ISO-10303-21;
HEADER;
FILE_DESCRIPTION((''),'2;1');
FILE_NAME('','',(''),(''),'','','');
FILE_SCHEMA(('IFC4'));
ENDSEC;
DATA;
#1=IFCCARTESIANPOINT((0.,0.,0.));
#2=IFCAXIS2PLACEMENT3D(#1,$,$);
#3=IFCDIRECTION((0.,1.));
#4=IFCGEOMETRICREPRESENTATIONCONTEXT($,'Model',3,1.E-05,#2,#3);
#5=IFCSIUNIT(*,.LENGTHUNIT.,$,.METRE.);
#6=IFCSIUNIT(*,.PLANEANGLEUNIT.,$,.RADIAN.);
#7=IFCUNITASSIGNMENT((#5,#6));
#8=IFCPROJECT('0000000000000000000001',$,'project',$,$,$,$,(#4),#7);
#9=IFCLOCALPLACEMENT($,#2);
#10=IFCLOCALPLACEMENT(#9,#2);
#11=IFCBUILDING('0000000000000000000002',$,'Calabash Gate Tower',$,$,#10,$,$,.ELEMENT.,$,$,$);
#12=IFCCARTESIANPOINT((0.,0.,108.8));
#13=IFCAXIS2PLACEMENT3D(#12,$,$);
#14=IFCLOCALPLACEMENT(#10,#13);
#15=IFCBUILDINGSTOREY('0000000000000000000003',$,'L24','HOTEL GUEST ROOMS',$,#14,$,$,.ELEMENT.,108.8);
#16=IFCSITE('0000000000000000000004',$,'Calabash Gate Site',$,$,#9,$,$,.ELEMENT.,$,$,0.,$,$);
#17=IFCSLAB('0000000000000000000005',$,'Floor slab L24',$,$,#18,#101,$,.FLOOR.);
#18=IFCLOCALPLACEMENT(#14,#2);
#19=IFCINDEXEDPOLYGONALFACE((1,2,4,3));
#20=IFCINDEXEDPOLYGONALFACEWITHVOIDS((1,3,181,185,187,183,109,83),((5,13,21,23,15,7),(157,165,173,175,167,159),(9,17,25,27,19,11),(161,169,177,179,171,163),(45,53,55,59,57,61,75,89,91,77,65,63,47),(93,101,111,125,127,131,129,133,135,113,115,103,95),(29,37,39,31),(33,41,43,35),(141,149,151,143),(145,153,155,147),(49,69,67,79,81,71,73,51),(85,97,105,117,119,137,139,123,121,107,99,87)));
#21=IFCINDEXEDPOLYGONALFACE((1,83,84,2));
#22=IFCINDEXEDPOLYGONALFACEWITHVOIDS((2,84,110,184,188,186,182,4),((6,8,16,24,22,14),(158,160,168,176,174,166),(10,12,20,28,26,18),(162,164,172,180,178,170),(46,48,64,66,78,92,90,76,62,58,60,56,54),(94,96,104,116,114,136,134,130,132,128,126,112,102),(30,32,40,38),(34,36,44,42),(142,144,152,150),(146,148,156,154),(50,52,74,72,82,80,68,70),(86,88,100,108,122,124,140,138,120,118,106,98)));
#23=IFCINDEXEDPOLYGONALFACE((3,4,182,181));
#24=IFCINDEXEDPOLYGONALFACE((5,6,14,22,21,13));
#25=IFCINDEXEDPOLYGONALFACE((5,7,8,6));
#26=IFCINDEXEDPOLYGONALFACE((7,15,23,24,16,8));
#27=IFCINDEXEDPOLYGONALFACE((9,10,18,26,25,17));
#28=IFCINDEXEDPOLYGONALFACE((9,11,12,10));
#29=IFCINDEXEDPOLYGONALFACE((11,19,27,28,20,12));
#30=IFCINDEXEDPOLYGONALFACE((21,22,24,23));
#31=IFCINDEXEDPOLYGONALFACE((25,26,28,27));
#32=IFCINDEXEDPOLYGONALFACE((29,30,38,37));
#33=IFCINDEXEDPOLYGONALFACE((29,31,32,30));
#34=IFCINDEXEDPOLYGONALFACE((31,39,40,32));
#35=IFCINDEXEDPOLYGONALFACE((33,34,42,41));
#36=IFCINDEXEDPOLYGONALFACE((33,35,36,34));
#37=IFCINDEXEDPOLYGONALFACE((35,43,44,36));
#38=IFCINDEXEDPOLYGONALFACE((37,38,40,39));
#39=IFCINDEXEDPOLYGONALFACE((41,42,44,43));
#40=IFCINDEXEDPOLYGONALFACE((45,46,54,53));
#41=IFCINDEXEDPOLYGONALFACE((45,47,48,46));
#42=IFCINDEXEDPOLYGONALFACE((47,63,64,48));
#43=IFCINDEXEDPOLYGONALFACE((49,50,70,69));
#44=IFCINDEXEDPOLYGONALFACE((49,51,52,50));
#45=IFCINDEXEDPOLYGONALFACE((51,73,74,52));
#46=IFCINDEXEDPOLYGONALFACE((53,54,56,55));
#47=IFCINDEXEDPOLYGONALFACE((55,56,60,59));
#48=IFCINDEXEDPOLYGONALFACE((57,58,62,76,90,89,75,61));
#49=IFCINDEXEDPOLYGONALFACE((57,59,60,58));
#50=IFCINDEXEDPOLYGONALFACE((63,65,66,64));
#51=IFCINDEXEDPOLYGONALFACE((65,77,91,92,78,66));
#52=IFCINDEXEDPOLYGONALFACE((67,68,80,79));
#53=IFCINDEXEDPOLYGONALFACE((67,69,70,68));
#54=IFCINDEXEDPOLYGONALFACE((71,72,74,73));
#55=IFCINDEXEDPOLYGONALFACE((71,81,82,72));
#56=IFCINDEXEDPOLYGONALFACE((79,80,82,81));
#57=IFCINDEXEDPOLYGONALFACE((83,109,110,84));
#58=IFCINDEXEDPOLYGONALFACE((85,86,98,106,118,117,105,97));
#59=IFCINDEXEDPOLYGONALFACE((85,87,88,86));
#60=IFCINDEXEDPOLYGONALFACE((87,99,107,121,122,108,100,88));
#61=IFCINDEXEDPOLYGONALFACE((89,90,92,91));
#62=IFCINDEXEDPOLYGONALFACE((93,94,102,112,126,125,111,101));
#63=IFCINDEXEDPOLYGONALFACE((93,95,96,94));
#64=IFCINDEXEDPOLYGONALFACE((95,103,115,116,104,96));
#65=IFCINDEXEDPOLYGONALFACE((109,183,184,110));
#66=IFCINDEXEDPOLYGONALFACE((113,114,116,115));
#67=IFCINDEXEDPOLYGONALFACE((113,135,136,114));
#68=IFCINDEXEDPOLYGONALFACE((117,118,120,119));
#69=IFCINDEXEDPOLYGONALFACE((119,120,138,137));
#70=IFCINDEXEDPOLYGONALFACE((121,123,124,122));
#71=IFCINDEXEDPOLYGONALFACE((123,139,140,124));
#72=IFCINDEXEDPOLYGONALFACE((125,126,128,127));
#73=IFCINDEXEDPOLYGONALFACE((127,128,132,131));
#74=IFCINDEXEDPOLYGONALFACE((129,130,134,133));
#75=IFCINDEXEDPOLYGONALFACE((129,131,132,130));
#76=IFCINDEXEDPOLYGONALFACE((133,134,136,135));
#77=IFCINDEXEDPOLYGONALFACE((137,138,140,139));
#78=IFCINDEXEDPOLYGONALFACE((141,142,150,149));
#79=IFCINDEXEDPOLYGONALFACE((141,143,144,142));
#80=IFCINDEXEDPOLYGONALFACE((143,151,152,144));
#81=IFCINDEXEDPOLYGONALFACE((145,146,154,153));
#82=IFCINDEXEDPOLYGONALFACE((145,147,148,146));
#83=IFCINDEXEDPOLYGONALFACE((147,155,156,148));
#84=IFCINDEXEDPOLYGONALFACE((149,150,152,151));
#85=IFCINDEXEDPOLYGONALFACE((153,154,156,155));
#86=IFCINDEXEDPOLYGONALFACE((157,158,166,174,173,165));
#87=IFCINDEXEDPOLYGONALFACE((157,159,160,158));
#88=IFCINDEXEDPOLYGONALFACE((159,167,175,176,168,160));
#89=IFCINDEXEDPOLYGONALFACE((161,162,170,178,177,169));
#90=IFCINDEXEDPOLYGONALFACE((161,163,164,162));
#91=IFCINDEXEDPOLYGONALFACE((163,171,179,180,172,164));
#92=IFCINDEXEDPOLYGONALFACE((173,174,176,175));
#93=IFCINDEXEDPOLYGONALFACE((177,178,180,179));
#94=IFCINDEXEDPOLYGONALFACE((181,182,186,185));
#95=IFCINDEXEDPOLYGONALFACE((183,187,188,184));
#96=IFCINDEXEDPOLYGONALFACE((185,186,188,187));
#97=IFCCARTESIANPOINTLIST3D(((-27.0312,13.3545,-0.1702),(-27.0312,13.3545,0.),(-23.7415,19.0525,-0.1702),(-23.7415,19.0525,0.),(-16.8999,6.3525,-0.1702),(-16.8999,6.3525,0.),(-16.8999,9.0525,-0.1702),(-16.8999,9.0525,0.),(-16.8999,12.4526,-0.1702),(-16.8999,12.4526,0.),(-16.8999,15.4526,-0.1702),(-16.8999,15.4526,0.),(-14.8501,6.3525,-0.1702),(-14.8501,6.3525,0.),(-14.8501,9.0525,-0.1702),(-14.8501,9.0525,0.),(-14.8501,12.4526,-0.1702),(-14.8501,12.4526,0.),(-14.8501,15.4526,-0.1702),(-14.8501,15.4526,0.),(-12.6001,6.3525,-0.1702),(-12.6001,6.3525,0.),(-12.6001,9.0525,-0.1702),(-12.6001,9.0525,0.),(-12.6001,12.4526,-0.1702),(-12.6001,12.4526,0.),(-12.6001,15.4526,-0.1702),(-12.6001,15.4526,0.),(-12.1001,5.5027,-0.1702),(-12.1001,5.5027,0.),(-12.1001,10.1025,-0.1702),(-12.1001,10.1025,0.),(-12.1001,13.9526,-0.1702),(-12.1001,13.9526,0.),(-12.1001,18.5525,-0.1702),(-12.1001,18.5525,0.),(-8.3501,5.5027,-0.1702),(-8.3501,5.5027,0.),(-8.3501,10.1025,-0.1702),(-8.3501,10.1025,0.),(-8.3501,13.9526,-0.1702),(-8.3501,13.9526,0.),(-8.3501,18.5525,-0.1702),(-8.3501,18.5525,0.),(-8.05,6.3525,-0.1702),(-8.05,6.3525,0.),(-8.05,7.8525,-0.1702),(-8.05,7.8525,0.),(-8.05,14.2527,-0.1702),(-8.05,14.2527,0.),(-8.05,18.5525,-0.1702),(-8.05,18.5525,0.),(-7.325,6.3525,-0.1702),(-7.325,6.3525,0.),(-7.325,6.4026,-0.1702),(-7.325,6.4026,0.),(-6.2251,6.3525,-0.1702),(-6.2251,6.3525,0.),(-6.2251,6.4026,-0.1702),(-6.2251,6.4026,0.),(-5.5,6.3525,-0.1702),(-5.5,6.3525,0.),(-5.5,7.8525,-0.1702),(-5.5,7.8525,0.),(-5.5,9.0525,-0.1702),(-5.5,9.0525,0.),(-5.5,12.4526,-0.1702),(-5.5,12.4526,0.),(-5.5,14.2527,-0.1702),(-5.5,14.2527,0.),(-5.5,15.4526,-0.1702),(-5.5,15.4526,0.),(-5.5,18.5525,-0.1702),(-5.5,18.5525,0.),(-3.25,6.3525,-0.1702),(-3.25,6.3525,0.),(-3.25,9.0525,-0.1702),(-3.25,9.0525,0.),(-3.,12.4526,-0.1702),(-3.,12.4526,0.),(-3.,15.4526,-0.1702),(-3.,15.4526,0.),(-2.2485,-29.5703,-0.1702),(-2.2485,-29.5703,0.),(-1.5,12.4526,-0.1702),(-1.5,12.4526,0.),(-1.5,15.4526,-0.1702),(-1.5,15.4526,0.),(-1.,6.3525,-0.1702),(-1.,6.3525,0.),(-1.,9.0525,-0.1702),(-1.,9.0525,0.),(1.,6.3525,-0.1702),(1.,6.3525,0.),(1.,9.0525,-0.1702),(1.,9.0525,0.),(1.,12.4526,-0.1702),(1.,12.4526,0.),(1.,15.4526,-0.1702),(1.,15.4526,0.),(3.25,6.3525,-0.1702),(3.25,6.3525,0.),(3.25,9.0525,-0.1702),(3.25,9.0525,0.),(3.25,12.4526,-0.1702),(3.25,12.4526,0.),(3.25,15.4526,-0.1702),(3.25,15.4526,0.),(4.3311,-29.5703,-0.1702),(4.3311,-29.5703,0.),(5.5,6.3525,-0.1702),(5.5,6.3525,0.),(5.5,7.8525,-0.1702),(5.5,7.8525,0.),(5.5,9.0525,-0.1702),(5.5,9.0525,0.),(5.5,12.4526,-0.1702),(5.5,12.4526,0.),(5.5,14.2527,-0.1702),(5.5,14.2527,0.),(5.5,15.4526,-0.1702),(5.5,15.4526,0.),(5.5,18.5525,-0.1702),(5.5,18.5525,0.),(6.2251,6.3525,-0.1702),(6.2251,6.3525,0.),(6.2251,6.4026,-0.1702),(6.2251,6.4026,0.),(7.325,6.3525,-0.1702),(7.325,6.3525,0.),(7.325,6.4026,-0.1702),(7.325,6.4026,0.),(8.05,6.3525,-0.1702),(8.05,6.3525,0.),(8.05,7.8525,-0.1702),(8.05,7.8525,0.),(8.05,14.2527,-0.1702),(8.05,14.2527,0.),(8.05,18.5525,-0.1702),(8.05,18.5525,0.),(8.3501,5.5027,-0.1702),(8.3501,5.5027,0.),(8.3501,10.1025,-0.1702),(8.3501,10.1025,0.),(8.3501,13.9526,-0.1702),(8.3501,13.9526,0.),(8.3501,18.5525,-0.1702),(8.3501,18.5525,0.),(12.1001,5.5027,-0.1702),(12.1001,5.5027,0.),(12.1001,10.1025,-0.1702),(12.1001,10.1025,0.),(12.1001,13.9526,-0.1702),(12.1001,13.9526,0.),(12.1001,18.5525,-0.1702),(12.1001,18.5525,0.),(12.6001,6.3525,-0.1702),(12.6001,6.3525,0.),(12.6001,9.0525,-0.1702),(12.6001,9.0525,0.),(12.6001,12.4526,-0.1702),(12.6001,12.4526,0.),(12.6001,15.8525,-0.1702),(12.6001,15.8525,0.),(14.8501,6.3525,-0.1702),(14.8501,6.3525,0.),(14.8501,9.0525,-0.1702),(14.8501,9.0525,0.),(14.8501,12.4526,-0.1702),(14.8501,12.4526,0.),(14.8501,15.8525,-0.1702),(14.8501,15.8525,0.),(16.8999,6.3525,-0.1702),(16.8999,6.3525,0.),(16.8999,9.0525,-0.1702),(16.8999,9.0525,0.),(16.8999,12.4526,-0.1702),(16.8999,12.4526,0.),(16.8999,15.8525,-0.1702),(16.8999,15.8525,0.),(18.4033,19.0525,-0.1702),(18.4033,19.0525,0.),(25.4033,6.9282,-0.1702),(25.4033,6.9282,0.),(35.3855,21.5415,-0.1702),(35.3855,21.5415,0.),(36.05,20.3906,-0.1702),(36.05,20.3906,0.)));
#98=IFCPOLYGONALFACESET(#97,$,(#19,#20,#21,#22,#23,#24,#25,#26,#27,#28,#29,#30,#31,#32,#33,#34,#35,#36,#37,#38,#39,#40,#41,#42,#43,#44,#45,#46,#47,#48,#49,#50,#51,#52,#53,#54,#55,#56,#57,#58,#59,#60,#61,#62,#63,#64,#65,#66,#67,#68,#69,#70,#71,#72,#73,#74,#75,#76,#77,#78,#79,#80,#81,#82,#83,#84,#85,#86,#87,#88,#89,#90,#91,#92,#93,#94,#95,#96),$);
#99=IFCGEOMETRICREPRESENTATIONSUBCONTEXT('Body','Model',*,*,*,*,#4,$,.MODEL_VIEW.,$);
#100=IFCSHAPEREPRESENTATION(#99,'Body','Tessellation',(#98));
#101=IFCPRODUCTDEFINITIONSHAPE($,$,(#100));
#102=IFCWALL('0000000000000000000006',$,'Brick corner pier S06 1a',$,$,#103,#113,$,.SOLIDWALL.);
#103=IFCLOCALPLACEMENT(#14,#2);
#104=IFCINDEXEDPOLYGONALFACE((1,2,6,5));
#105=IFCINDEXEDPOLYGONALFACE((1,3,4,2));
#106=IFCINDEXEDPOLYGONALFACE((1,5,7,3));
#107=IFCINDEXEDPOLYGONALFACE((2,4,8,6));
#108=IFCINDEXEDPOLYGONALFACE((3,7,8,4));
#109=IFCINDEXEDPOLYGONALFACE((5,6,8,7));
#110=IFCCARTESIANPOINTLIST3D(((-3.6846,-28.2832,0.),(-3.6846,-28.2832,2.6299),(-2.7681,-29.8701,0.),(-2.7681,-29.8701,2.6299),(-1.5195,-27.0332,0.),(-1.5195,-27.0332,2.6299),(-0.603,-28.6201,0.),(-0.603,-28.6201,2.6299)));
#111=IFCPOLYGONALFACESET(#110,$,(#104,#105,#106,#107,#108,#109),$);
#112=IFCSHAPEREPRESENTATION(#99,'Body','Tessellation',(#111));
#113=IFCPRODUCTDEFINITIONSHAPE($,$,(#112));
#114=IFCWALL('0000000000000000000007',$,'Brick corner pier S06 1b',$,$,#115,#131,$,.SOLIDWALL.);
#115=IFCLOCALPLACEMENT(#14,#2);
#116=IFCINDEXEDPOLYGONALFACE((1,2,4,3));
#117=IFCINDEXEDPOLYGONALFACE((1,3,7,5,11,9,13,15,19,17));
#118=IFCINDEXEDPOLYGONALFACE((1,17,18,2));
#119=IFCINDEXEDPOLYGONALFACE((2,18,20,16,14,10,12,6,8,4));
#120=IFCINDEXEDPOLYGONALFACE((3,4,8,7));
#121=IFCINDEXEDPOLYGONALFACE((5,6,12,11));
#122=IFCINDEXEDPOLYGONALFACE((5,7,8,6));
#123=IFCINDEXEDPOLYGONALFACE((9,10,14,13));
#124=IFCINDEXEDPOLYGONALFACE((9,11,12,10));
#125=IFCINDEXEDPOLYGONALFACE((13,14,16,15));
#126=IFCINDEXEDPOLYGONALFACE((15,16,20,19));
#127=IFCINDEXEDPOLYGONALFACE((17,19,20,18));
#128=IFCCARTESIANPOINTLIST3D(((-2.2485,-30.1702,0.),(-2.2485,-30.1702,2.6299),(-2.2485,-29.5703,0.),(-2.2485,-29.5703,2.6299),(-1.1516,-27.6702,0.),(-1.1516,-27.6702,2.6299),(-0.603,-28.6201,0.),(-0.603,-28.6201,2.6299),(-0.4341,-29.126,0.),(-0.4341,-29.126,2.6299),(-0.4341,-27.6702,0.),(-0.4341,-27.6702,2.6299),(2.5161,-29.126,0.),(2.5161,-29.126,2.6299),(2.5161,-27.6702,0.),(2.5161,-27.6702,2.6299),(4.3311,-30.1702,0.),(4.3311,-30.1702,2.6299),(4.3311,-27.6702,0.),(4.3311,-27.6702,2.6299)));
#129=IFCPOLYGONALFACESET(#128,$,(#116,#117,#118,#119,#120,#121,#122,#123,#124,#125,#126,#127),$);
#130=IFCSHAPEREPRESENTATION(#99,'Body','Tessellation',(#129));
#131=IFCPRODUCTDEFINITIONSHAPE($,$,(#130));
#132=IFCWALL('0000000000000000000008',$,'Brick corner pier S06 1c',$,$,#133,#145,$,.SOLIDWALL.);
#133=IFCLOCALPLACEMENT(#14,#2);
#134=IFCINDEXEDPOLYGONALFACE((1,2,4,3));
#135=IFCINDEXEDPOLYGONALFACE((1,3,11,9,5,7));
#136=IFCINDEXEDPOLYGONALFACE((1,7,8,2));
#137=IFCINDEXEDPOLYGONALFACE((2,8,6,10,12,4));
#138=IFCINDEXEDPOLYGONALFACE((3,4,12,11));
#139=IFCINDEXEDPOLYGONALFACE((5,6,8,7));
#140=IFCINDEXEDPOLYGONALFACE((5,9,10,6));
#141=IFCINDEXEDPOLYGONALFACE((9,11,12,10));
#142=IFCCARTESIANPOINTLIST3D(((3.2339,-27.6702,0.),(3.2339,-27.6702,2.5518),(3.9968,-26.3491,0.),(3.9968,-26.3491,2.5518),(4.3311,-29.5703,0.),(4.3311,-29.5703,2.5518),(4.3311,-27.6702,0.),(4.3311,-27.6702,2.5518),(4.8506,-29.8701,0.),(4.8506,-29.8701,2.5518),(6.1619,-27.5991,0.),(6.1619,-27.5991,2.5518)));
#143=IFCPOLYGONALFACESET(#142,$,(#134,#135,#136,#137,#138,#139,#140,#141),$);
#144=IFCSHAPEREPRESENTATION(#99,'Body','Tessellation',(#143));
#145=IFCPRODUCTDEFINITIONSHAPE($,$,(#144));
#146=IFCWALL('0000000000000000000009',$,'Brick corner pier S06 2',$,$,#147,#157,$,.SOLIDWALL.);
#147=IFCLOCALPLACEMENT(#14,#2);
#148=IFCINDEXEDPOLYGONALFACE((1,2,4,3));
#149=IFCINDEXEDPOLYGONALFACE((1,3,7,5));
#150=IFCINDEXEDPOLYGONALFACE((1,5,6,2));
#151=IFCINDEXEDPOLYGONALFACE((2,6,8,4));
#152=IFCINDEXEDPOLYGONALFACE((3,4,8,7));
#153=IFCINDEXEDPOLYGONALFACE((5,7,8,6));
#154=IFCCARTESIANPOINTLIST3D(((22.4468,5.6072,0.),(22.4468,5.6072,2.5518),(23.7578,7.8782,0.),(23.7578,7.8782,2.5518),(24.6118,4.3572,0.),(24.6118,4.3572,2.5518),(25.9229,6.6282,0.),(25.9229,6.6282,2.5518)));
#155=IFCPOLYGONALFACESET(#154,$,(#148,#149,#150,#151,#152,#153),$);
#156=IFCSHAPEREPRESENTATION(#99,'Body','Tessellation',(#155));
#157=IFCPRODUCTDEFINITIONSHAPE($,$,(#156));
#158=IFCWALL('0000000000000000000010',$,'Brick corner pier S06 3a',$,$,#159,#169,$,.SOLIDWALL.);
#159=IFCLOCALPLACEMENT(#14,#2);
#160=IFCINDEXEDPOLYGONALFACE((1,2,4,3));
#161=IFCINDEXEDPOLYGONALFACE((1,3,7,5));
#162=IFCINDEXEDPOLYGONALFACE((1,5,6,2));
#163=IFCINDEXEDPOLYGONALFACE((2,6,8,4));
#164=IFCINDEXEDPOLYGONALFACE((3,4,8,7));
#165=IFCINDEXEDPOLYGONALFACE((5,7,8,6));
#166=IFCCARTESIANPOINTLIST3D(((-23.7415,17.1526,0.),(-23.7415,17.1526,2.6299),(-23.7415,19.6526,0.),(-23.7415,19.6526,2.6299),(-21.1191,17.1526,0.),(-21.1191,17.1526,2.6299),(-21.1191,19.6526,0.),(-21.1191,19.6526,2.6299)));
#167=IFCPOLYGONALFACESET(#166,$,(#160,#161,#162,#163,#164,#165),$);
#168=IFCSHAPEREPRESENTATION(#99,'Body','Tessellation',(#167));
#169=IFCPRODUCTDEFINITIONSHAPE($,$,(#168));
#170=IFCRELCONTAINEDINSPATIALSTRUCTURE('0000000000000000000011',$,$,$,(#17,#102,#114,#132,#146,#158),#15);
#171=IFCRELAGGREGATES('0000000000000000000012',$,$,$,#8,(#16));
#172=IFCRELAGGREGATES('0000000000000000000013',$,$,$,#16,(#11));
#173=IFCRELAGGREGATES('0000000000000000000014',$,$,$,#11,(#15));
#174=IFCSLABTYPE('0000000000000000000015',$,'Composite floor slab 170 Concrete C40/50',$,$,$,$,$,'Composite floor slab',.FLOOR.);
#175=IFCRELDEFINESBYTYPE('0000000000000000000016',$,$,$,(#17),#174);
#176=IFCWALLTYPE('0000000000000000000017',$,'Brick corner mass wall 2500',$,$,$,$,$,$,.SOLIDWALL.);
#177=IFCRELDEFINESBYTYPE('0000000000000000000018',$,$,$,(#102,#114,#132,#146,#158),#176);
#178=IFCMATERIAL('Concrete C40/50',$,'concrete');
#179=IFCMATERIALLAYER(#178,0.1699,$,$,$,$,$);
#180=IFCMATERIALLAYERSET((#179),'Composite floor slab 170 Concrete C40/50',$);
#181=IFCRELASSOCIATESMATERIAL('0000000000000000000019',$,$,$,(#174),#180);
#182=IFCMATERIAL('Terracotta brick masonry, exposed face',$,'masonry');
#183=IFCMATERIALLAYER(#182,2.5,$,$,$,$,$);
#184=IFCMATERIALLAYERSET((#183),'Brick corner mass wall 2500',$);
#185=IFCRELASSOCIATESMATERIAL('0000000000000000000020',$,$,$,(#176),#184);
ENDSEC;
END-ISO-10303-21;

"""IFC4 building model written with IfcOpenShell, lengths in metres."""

from ifc_helpers import new_model, si_unit, direction, frame, origin, place, context, subcontext, project, spatial, polyline, outline, extrude, material, layer, layer_set, type_object, element, save


model = new_model("IFC4")

# Units and contexts
model_context = context("Model", 3, precision=1e-05, world=origin(), true_north=direction((0.0, 1.0)))
body_context = subcontext(model_context, "Body", "Model", "MODEL_VIEW")
ifc_project = project(units=[si_unit("LENGTHUNIT", "METRE"), si_unit("PLANEANGLEUNIT", "RADIAN")], contexts=[model_context])

# Site, building, storey
site_placement = place(None, origin())
site = spatial("IfcSite", under=ifc_project, at=site_placement, Name="Calabash Gate Site", CompositionType="ELEMENT", RefElevation=0.0)
building_placement = place(site_placement, origin())
building = spatial("IfcBuilding", under=site, at=building_placement, Name="Calabash Gate Tower", CompositionType="ELEMENT")
storey_placement = place(building_placement, frame((0.0, 0.0, 108.8)))
storey = spatial("IfcBuildingStorey", under=building, at=storey_placement, Name="L24", Description="HOTEL GUEST ROOMS", CompositionType="ELEMENT", Elevation=108.8)

# Slab
ifc_material_1 = material(Name="Concrete C40/50", Category="concrete")
ifc_layer_1 = layer(ifc_material_1, 0.1699)
ifc_layer_set_1 = layer_set([ifc_layer_1], Name="Composite floor slab 170 Concrete C40/50")
slab_type = type_object("IfcSlabType", Name="Composite floor slab 170 Concrete C40/50", ElementType="Composite floor slab", PredefinedType="FLOOR", material=ifc_layer_set_1)
slab_placement = place(storey_placement, frame((0.0, 0.0, -0.1702)))
element("IfcSlab", 1, at=slab_placement, inside=storey, type_object=slab_type, Name="Floor slab L24", PredefinedType="FLOOR", context=body_context, shape_type="SweptSolid", body=[
    extrude(outline(polyline([(-27.0312, 13.3545), (-23.7415, 19.0525), (18.4033, 19.0525), (35.3855, 21.5415), (36.05, 20.3906), (25.4033, 6.9282), (4.3311, -29.5703), (-2.2485, -29.5703), (-27.0312, 13.3545)]), holes=[polyline([(-5.5, 9.0525), (-5.5, 7.8525), (-8.05, 7.8525), (-8.05, 6.3525), (-7.325, 6.3525), (-7.325, 6.4026), (-6.2251, 6.4026), (-6.2251, 6.3525), (-5.5, 6.3525), (-3.25, 6.3525), (-1.0, 6.3525), (-1.0, 9.0525), (-3.25, 9.0525), (-5.5, 9.0525)]), polyline([(5.5, 9.0525), (3.25, 9.0525), (1.0, 9.0525), (1.0, 6.3525), (3.25, 6.3525), (5.5, 6.3525), (6.2251, 6.3525), (6.2251, 6.4026), (7.325, 6.4026), (7.325, 6.3525), (8.05, 6.3525), (8.05, 7.8525), (5.5, 7.8525), (5.5, 9.0525)]), polyline([(-5.5, 14.2527), (-5.5, 12.4526), (-3.0, 12.4526), (-3.0, 15.4526), (-5.5, 15.4526), (-5.5, 18.5525), (-8.05, 18.5525), (-8.05, 14.2527), (-5.5, 14.2527)]), polyline([(8.05, 18.5525), (5.5, 18.5525), (5.5, 15.4526), (3.25, 15.4526), (1.0, 15.4526), (-1.5, 15.4526), (-1.5, 12.4526), (1.0, 12.4526), (3.25, 12.4526), (5.5, 12.4526), (5.5, 14.2527), (8.05, 14.2527), (8.05, 18.5525)]), polyline([(-12.6001, 6.3525), (-12.6001, 9.0525), (-14.8501, 9.0525), (-16.8999, 9.0525), (-16.8999, 6.3525), (-14.8501, 6.3525), (-12.6001, 6.3525)]), polyline([(-14.8501, 12.4526), (-12.6001, 12.4526), (-12.6001, 15.4526), (-14.8501, 15.4526), (-16.8999, 15.4526), (-16.8999, 12.4526), (-14.8501, 12.4526)]), polyline([(14.8501, 6.3525), (16.8999, 6.3525), (16.8999, 9.0525), (14.8501, 9.0525), (12.6001, 9.0525), (12.6001, 6.3525), (14.8501, 6.3525)]), polyline([(14.8501, 12.4526), (16.8999, 12.4526), (16.8999, 15.8525), (14.8501, 15.8525), (12.6001, 15.8525), (12.6001, 12.4526), (14.8501, 12.4526)]), polyline([(-8.3501, 18.5525), (-12.1001, 18.5525), (-12.1001, 13.9526), (-8.3501, 13.9526), (-8.3501, 18.5525)]), polyline([(-12.1001, 10.1025), (-12.1001, 5.5027), (-8.3501, 5.5027), (-8.3501, 10.1025), (-12.1001, 10.1025)]), polyline([(8.3501, 13.9526), (12.1001, 13.9526), (12.1001, 18.5525), (8.3501, 18.5525), (8.3501, 13.9526)]), polyline([(12.1001, 5.5027), (12.1001, 10.1025), (8.3501, 10.1025), (8.3501, 5.5027), (12.1001, 5.5027)])]), origin(), (0.0, 0.0, 1.0), 0.1702),
])

# Walls
ifc_material_2 = material(Name="Terracotta brick masonry, exposed face", Category="masonry")
ifc_layer_2 = layer(ifc_material_2, 2.5)
ifc_layer_set_2 = layer_set([ifc_layer_2], Name="Brick corner mass wall 2500")
wall_type_1 = type_object("IfcWallType", Name="Brick corner mass wall 2500", PredefinedType="SOLIDWALL", material=ifc_layer_set_2)
wall_1_placement = place(storey_placement, origin())
element("IfcWall", 2, at=wall_1_placement, inside=storey, type_object=wall_type_1, Name="Brick corner pier S06 1a", PredefinedType="SOLIDWALL", context=body_context, shape_type="SweptSolid", body=[
    extrude(outline(polyline([(-0.603, -28.6201), (-1.5195, -27.0332), (-3.6846, -28.2832), (-2.7681, -29.8701), (-0.603, -28.6201)])), origin(), (0.0, 0.0, 1.0), 2.6299),
])
wall_2_placement = place(storey_placement, origin())
element("IfcWall", 3, at=wall_2_placement, inside=storey, type_object=wall_type_1, Name="Brick corner pier S06 1b", PredefinedType="SOLIDWALL", context=body_context, shape_type="SweptSolid", body=[
    extrude(outline(polyline([(-0.4341, -27.6702), (-1.1516, -27.6702), (-0.603, -28.6201), (-2.2485, -29.5703), (-2.2485, -30.1702), (4.3311, -30.1702), (4.3311, -27.6702), (2.5161, -27.6702), (2.5161, -29.126), (-0.4341, -29.126), (-0.4341, -27.6702)])), origin(), (0.0, 0.0, 1.0), 2.6299),
])
wall_3_placement = place(storey_placement, origin())
element("IfcWall", 4, at=wall_3_placement, inside=storey, type_object=wall_type_1, Name="Brick corner pier S06 1c", PredefinedType="SOLIDWALL", context=body_context, shape_type="SweptSolid", body=[
    extrude(outline(polyline([(6.1619, -27.5991), (3.9968, -26.3491), (3.2339, -27.6702), (4.3311, -27.6702), (4.3311, -29.5703), (4.8506, -29.8701), (6.1619, -27.5991)])), origin(), (0.0, 0.0, 1.0), 2.5518),
])
wall_4_placement = place(storey_placement, origin())
element("IfcWall", 5, at=wall_4_placement, inside=storey, type_object=wall_type_1, Name="Brick corner pier S06 2", PredefinedType="SOLIDWALL", context=body_context, shape_type="SweptSolid", body=[
    extrude(outline(polyline([(23.7578, 7.8782), (22.4468, 5.6072), (24.6118, 4.3572), (25.9229, 6.6282), (23.7578, 7.8782)])), origin(), (0.0, 0.0, 1.0), 2.5518),
])
wall_5_placement = place(storey_placement, origin())
element("IfcWall", 6, at=wall_5_placement, inside=storey, type_object=wall_type_1, Name="Brick corner pier S06 3a", PredefinedType="SOLIDWALL", context=body_context, shape_type="SweptSolid", body=[
    extrude(outline(polyline([(-23.7415, 17.1526), (-21.1191, 17.1526), (-21.1191, 19.6526), (-23.7415, 19.6526), (-23.7415, 17.1526)])), origin(), (0.0, 0.0, 1.0), 2.6299),
])

save(model, "model.ifc")
